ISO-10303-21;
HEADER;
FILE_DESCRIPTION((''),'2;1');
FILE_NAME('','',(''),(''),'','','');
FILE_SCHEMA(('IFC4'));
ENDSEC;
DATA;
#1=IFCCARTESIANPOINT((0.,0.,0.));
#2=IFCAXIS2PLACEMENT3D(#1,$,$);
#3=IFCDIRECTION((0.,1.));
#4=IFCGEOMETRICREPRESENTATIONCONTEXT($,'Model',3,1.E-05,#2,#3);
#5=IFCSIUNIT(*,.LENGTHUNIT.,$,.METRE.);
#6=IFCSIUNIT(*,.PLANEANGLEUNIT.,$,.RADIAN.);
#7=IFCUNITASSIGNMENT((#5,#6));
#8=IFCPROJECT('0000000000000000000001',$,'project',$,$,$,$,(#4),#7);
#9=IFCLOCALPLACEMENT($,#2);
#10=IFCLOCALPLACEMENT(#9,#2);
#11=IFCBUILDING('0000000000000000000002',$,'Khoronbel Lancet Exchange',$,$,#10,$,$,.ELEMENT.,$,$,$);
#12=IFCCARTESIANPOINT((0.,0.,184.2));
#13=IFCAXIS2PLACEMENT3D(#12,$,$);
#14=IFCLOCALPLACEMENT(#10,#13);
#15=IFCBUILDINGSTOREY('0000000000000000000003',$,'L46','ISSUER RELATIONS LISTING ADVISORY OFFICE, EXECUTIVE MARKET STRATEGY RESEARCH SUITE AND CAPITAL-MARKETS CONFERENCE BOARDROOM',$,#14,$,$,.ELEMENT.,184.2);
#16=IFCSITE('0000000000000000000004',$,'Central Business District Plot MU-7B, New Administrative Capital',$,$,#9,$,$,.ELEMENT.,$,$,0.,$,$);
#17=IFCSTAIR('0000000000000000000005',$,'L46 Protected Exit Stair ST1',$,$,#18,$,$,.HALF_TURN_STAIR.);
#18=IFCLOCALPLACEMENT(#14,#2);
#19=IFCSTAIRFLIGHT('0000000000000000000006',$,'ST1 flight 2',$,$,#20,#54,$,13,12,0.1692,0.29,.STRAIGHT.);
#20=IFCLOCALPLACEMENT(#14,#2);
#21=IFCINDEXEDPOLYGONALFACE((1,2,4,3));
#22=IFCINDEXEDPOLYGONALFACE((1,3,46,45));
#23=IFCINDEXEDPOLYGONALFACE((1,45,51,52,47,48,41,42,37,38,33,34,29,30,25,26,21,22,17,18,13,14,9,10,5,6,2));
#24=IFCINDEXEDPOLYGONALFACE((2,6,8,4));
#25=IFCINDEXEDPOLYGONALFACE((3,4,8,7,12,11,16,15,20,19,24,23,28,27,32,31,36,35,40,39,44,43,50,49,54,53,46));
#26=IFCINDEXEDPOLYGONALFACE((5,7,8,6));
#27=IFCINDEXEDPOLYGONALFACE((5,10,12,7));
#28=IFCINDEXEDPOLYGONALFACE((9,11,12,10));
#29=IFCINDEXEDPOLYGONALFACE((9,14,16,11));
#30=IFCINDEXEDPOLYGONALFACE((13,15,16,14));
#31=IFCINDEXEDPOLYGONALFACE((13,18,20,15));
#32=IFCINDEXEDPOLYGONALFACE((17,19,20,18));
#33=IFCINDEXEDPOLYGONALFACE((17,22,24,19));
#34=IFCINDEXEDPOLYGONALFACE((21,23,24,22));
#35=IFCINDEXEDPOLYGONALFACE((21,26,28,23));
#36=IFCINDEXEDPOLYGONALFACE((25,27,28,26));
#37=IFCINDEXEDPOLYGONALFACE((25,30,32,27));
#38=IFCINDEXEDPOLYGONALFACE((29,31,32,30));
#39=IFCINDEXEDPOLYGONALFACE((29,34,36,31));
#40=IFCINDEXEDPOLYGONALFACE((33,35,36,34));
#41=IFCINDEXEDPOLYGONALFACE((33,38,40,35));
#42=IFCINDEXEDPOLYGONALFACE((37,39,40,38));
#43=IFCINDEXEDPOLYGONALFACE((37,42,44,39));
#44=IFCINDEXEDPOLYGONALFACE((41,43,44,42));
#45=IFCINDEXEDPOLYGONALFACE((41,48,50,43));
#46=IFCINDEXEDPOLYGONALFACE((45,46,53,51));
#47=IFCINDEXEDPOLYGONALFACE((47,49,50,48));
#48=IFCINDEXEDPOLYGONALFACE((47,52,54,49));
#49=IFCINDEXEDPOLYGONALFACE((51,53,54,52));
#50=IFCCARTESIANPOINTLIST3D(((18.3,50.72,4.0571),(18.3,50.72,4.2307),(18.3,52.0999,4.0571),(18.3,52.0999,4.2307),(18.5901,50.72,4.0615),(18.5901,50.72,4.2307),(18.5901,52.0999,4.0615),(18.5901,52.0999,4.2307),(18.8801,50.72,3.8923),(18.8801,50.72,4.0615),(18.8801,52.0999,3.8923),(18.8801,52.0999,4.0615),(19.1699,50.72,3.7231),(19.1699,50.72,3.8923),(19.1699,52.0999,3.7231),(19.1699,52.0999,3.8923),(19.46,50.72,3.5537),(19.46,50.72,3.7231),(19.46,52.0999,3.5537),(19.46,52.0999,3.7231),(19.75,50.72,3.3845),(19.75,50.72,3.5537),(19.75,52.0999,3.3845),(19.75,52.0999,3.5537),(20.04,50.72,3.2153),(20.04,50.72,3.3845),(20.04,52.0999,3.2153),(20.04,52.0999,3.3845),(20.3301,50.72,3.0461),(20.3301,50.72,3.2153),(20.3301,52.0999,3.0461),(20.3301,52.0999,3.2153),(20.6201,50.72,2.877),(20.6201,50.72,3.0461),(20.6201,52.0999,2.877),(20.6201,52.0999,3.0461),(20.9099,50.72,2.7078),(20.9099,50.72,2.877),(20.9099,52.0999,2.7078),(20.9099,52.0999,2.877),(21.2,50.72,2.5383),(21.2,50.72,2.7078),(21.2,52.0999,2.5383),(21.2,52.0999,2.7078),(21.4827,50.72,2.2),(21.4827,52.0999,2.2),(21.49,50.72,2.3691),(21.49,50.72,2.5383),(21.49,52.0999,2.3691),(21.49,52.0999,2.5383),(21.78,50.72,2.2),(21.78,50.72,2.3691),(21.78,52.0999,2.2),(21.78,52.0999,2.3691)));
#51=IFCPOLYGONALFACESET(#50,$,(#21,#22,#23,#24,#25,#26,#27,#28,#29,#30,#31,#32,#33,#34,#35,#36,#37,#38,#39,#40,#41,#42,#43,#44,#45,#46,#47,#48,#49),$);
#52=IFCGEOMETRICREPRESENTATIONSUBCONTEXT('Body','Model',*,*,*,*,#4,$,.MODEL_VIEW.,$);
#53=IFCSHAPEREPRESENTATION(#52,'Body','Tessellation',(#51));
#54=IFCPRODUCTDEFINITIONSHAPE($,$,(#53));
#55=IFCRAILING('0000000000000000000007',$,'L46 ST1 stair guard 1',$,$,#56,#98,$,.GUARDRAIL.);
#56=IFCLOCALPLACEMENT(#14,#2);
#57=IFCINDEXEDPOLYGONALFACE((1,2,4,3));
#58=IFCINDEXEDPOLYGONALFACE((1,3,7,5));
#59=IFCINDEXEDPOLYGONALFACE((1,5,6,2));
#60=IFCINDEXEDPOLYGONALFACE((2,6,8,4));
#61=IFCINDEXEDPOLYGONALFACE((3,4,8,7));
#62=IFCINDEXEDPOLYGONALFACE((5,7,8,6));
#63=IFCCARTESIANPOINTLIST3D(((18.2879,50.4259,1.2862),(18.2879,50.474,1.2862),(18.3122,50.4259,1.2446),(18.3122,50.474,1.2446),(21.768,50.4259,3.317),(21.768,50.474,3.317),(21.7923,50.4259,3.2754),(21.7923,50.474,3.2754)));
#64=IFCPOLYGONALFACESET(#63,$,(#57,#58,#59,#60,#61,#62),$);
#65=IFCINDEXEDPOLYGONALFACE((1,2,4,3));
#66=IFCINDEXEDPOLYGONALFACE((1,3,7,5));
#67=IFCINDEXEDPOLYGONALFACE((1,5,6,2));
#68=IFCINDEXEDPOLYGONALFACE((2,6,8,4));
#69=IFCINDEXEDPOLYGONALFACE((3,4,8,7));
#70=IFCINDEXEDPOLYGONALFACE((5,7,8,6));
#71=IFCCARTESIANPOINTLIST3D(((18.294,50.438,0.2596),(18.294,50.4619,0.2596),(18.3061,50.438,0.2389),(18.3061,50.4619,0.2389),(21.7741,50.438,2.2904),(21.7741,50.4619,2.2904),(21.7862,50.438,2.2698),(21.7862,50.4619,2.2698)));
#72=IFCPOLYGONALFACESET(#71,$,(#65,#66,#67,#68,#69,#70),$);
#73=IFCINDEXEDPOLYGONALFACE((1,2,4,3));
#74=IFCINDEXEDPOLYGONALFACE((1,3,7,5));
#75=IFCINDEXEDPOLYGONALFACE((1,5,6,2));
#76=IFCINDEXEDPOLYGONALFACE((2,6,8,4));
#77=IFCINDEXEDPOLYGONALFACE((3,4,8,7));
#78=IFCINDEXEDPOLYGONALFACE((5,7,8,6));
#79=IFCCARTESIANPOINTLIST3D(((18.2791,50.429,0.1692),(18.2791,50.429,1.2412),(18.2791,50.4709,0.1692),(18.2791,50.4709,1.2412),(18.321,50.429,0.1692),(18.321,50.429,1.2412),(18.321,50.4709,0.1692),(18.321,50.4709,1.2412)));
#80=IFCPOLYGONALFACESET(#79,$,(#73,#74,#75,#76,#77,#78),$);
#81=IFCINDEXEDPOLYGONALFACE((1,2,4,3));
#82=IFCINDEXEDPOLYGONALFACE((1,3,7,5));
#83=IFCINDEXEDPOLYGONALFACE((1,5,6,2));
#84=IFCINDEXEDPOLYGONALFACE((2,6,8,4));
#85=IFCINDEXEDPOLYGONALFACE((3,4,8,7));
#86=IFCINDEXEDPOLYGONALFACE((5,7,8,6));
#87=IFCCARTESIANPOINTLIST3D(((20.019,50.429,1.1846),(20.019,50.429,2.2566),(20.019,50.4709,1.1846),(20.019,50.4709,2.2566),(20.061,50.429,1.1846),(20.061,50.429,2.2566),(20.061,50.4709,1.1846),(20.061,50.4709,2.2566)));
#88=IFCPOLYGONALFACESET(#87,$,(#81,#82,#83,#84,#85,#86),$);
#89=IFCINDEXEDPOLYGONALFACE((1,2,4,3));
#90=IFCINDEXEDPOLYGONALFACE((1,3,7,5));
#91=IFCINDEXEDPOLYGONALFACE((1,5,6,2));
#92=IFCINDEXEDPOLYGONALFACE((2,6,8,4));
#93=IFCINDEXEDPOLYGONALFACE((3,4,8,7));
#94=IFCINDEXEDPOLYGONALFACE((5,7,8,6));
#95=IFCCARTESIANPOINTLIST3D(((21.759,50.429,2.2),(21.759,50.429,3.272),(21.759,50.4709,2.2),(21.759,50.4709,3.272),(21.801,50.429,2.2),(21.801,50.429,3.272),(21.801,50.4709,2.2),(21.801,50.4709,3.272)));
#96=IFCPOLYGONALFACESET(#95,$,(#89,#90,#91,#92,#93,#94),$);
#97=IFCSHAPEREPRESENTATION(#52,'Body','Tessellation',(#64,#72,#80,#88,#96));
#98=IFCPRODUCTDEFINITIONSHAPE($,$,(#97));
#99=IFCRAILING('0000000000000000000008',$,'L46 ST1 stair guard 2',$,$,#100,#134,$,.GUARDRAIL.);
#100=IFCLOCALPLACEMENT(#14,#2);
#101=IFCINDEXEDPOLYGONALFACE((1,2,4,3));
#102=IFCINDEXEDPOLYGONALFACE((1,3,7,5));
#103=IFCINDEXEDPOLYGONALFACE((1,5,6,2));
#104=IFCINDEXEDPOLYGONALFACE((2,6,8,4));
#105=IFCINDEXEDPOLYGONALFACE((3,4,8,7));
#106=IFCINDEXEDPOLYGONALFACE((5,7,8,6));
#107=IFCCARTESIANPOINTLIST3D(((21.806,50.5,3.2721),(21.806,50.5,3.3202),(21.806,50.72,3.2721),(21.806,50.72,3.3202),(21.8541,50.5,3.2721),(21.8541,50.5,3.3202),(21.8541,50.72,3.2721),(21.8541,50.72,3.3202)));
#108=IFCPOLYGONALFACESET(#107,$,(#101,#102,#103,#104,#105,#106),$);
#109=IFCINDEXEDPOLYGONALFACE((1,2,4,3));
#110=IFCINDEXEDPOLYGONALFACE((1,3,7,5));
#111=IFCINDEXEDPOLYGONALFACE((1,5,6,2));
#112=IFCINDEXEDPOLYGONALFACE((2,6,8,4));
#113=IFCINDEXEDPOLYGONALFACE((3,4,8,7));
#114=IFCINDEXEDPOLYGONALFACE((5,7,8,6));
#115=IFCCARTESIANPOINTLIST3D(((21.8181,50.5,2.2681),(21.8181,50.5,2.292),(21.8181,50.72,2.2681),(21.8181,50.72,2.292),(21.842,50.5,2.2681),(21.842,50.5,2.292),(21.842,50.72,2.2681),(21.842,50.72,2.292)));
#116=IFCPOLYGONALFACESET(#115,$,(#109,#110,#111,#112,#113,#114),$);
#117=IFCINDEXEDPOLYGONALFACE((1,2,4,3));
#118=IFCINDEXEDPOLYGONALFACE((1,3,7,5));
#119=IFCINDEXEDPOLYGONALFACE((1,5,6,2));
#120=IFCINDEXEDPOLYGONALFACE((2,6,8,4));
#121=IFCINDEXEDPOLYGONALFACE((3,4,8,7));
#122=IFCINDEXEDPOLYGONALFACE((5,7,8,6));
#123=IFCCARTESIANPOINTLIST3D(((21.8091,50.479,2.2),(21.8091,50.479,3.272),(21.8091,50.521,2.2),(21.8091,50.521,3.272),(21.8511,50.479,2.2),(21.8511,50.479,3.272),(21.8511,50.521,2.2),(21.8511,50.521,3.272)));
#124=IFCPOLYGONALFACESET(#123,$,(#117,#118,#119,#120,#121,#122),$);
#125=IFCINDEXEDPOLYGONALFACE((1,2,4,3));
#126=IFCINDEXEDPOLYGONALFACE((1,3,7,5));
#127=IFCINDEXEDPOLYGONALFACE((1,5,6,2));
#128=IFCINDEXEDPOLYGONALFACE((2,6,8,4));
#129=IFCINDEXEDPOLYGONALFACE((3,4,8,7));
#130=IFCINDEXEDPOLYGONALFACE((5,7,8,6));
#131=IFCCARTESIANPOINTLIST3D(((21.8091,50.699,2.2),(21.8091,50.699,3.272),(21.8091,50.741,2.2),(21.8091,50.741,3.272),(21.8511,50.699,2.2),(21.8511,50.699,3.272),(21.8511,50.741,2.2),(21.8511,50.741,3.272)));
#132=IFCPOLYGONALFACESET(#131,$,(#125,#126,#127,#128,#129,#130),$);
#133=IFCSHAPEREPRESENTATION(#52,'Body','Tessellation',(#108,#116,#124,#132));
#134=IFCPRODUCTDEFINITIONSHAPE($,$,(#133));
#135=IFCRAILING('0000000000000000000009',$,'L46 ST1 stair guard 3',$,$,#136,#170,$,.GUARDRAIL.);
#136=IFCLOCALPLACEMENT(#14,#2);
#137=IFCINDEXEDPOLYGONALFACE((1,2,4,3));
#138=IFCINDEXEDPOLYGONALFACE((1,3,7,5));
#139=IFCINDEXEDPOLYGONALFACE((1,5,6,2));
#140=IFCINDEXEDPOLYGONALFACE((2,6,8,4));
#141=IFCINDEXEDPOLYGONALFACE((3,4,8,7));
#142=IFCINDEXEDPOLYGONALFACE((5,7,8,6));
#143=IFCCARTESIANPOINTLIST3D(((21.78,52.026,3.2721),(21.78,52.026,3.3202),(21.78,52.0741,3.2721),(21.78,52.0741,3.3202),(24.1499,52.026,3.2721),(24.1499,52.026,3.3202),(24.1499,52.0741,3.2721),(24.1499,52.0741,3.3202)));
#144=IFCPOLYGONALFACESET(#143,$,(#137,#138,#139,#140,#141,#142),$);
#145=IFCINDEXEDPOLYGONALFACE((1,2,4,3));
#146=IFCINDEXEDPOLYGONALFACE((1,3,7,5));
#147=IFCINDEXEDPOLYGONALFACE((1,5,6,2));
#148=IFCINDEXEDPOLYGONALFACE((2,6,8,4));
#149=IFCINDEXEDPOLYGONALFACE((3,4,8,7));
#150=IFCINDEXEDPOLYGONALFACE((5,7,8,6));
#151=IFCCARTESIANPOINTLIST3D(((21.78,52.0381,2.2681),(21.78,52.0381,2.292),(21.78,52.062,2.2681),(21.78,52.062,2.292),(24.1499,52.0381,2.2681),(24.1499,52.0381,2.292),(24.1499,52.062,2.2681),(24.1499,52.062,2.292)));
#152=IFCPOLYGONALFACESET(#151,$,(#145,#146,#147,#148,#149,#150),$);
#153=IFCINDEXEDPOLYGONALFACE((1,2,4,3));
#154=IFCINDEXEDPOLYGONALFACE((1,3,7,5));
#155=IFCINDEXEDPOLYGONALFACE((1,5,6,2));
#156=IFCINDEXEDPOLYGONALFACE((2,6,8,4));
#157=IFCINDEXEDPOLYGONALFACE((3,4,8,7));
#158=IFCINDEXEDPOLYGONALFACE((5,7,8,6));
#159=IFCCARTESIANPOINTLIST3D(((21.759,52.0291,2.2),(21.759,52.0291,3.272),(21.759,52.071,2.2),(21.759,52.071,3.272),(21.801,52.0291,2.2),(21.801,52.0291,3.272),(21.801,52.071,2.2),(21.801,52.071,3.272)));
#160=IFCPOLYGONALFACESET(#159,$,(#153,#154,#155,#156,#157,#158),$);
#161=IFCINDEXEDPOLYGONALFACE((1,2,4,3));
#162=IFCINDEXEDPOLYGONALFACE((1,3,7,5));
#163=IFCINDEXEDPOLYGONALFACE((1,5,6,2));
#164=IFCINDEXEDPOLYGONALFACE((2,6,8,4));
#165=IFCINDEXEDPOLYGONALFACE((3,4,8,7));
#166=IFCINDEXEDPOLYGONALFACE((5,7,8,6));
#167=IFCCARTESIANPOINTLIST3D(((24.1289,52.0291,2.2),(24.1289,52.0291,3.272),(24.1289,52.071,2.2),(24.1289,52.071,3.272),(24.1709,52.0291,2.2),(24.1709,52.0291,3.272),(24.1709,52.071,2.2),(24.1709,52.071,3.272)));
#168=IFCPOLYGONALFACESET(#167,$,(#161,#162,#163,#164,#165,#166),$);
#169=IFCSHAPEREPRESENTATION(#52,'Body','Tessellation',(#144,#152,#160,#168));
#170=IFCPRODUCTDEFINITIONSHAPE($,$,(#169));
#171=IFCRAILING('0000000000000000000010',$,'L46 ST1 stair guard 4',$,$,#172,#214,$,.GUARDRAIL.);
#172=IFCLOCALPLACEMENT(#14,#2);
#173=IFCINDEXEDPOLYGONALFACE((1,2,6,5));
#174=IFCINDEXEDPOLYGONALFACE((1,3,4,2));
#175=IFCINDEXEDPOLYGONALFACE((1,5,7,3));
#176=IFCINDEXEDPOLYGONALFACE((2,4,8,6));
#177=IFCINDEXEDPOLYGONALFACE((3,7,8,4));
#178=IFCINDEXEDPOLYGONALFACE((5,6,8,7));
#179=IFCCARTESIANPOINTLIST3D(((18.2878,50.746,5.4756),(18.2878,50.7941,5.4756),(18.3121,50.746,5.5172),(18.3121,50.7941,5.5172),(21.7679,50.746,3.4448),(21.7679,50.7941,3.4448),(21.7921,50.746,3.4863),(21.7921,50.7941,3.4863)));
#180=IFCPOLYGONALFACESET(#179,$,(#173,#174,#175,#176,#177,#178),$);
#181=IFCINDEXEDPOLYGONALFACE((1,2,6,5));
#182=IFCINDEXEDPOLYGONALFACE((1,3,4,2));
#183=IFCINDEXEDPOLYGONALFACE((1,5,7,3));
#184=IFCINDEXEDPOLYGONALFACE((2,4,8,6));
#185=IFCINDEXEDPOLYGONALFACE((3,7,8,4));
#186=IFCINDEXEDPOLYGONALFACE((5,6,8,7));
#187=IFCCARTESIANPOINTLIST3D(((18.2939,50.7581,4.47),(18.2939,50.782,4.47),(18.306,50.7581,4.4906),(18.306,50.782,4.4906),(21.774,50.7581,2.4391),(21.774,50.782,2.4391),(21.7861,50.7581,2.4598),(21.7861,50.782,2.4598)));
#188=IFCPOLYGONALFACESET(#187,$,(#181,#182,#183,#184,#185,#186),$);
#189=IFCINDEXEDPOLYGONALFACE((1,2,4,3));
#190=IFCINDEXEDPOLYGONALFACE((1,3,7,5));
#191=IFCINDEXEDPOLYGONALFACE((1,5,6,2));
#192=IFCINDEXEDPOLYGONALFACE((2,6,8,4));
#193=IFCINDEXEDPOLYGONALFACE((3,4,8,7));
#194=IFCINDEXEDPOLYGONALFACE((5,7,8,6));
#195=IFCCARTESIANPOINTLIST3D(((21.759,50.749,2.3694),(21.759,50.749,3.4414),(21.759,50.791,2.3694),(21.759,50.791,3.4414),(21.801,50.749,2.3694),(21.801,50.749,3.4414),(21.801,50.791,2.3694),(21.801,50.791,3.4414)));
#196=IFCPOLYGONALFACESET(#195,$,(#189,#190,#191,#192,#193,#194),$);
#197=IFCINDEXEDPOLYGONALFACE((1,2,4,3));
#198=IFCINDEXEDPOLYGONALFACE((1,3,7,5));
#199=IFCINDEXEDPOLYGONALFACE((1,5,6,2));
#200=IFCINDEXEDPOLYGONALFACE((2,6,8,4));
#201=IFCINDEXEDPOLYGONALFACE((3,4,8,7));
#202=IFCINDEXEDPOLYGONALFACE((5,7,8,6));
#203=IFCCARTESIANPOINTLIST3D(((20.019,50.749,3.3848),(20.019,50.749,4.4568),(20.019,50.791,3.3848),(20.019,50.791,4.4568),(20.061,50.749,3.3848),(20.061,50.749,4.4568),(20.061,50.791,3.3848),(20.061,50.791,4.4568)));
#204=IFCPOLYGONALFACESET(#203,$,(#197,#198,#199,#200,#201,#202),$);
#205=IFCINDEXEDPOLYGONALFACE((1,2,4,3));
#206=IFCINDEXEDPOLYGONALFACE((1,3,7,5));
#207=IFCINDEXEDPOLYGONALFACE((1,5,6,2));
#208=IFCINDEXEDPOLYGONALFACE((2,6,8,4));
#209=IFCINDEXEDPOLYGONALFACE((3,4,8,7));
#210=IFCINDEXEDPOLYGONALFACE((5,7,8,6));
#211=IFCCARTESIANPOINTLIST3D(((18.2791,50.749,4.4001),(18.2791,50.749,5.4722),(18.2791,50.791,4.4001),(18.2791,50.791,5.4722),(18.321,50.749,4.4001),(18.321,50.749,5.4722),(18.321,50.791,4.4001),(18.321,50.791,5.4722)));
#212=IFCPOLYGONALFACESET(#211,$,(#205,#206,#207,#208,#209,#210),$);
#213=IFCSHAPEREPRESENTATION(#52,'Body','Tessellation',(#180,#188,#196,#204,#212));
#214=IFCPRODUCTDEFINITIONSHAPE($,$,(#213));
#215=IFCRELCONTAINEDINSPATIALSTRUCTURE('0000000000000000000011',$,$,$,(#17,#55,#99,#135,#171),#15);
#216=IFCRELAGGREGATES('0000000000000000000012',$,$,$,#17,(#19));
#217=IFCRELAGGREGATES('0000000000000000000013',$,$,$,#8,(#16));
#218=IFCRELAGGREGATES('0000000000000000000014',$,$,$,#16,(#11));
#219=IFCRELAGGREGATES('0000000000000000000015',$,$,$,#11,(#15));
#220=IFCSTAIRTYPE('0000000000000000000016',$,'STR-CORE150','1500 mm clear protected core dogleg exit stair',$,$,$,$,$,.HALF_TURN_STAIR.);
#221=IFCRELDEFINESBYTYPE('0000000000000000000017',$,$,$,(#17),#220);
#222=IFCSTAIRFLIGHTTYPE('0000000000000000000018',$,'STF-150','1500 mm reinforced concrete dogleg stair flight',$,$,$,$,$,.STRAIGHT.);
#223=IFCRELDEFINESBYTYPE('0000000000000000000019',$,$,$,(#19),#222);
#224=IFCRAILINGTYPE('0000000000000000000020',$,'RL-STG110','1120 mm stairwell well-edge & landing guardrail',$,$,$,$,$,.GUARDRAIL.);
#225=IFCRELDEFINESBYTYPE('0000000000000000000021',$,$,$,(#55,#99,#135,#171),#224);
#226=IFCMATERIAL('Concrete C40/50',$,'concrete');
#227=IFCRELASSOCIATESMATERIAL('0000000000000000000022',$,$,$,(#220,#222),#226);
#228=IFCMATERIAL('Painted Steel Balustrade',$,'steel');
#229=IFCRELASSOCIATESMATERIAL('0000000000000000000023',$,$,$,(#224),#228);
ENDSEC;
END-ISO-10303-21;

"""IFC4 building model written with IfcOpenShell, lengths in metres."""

from ifc_helpers import new_model, si_unit, direction, frame, origin, origin_2d, place, context, subcontext, project, spatial, polyline, rectangle, outline, extrude, material, type_object, element, aggregate, save


model = new_model("IFC4")

# Units and contexts
model_context = context("Model", 3, precision=1e-05, world=origin(), true_north=direction((0.0, 1.0)))
body_context = subcontext(model_context, "Body", "Model", "MODEL_VIEW")
ifc_project = project(units=[si_unit("LENGTHUNIT", "METRE"), si_unit("PLANEANGLEUNIT", "RADIAN")], contexts=[model_context])

# Site, building, storey
site_placement = place(None, origin())
site = spatial("IfcSite", under=ifc_project, at=site_placement, Name="Central Business District Plot MU-7B, New Administrative Capital", CompositionType="ELEMENT", RefElevation=0.0)
building_placement = place(site_placement, origin())
building = spatial("IfcBuilding", under=site, at=building_placement, Name="Khoronbel Lancet Exchange", CompositionType="ELEMENT")
storey_placement = place(building_placement, frame((0.0, 0.0, 184.2)))
storey = spatial("IfcBuildingStorey", under=building, at=storey_placement, Name="L46", Description="ISSUER RELATIONS LISTING ADVISORY OFFICE, EXECUTIVE MARKET STRATEGY RESEARCH SUITE AND CAPITAL-MARKETS CONFERENCE BOARDROOM", CompositionType="ELEMENT", Elevation=184.2)

# Stair, stair flight
ifc_material_1 = material(Name="Concrete C40/50", Category="concrete")
stair_type = type_object("IfcStairType", Name="STR-CORE150", Description="1500 mm clear protected core dogleg exit stair", PredefinedType="HALF_TURN_STAIR", material=ifc_material_1)
stair_placement = place(storey_placement, origin())
stair = element("IfcStair", 1, at=stair_placement, inside=storey, type_object=stair_type, Name="L46 Protected Exit Stair ST1", PredefinedType="HALF_TURN_STAIR")
stair_flight_type = type_object("IfcStairFlightType", Name="STF-150", Description="1500 mm reinforced concrete dogleg stair flight", PredefinedType="STRAIGHT", material=ifc_material_1)
stair_flight_1_placement = place(storey_placement, frame((21.78, 51.4099, 2.2), z_axis=(0.0, 0.0, 1.0), x_axis=(-1.0, 0.0, 0.0)))
stair_flight_1 = element("IfcStairFlight", 2, at=stair_flight_1_placement, type_object=stair_flight_type, Name="ST1 flight 2", NumberOfRisers=13, NumberOfTreads=12, PredefinedType="STRAIGHT", RiserHeight=0.1692, TreadLength=0.29, context=body_context, shape_type="SweptSolid", body=[
    extrude(outline(polyline([(0.0, 0.0), (0.0, 0.1692), (0.29, 0.1692), (0.29, 0.3384), (0.5801, 0.3384), (0.5801, 0.5078), (0.8701, 0.5078), (0.8701, 0.677), (1.1599, 0.677), (1.1599, 0.8462), (1.45, 0.8462), (1.45, 1.0154), (1.74, 1.0154), (1.74, 1.1846), (2.03, 1.1846), (2.03, 1.3538), (2.3201, 1.3538), (2.3201, 1.5232), (2.6101, 1.5232), (2.6101, 1.6924), (2.8999, 1.6924), (2.8999, 1.8616), (3.1899, 1.8616), (3.1899, 2.0308), (3.48, 2.0308), (3.48, 2.2), (3.48, 1.8572), (0.2974, 0.0), (0.0, 0.0)])), frame((0.0, 0.6899, 0.0), z_axis=(0.0, -1.0, 0.0), x_axis=(1.0, 0.0, 0.0)), (0.0, 0.0, 1.0), 1.3799),
])
aggregate(stair, [stair_flight_1])

# Railings
ifc_material_2 = material(Name="Painted Steel Balustrade", Category="steel")
railing_type_1 = type_object("IfcRailingType", Name="RL-STG110", Description="1120 mm stairwell well-edge & landing guardrail", PredefinedType="GUARDRAIL", material=ifc_material_2)
railing_1_placement = place(storey_placement, frame((18.3, 50.45, 0.1692)))
element("IfcRailing", 3, at=railing_1_placement, inside=storey, type_object=railing_type_1, Name="L46 ST1 stair guard 1", PredefinedType="GUARDRAIL", context=body_context, shape_type="SweptSolid", body=[
    extrude(rectangle(XDim=0.0481, YDim=0.0481, at=origin_2d()), frame((0.0, 0.0, 1.0962), z_axis=(0.863695, 0.0, 0.504014), x_axis=(0.0, 1.0, 0.0)), (0.0, 0.0, 1.0), 4.0293),
    extrude(rectangle(XDim=0.0239, YDim=0.0239, at=origin_2d()), frame((0.0, 0.0, 0.0801), z_axis=(0.863695, 0.0, 0.504014), x_axis=(0.0, 1.0, 0.0)), (0.0, 0.0, 1.0), 4.0293),
    extrude(rectangle(XDim=0.042, YDim=0.042, at=origin_2d()), origin(), (0.0, 0.0, 1.0), 1.072),
    extrude(rectangle(XDim=0.042, YDim=0.042, at=origin_2d()), frame((1.74, 0.0, 1.0154)), (0.0, 0.0, 1.0), 1.072),
    extrude(rectangle(XDim=0.042, YDim=0.042, at=origin_2d()), frame((3.48, 0.0, 2.0308)), (0.0, 0.0, 1.0), 1.072),
])
railing_2_placement = place(storey_placement, frame((21.8301, 50.5, 2.2)))
element("IfcRailing", 4, at=railing_2_placement, inside=storey, type_object=railing_type_1, Name="L46 ST1 stair guard 2", PredefinedType="GUARDRAIL", context=body_context, shape_type="SweptSolid", body=[
    extrude(rectangle(XDim=0.0481, YDim=0.0481, at=origin_2d()), frame((0.0, 0.0, 1.0962), z_axis=(0.0, 1.0, 0.0), x_axis=(-1.0, 0.0, 0.0)), (0.0, 0.0, 1.0), 0.22),
    extrude(rectangle(XDim=0.0239, YDim=0.0239, at=origin_2d()), frame((0.0, 0.0, 0.0801), z_axis=(0.0, 1.0, 0.0), x_axis=(-1.0, 0.0, 0.0)), (0.0, 0.0, 1.0), 0.22),
    extrude(rectangle(XDim=0.042, YDim=0.042, at=origin_2d()), origin(), (0.0, 0.0, 1.0), 1.072),
    extrude(rectangle(XDim=0.042, YDim=0.042, at=origin_2d()), frame((0.0, 0.22, 0.0)), (0.0, 0.0, 1.0), 1.072),
])
railing_3_placement = place(storey_placement, frame((21.78, 52.05, 2.2)))
element("IfcRailing", 5, at=railing_3_placement, inside=storey, type_object=railing_type_1, Name="L46 ST1 stair guard 3", PredefinedType="GUARDRAIL", context=body_context, shape_type="SweptSolid", body=[
    extrude(rectangle(XDim=0.0481, YDim=0.0481, at=origin_2d()), frame((0.0, 0.0, 1.0962), z_axis=(1.0, 0.0, 0.0), x_axis=(0.0, 1.0, 0.0)), (0.0, 0.0, 1.0), 2.3699),
    extrude(rectangle(XDim=0.0239, YDim=0.0239, at=origin_2d()), frame((0.0, 0.0, 0.0801), z_axis=(1.0, 0.0, 0.0), x_axis=(0.0, 1.0, 0.0)), (0.0, 0.0, 1.0), 2.3699),
    extrude(rectangle(XDim=0.042, YDim=0.042, at=origin_2d()), origin(), (0.0, 0.0, 1.0), 1.072),
    extrude(rectangle(XDim=0.042, YDim=0.042, at=origin_2d()), frame((2.3699, 0.0, 0.0)), (0.0, 0.0, 1.0), 1.072),
])
railing_4_placement = place(storey_placement, frame((21.78, 50.77, 2.3694)))
element("IfcRailing", 6, at=railing_4_placement, inside=storey, type_object=railing_type_1, Name="L46 ST1 stair guard 4", PredefinedType="GUARDRAIL", context=body_context, shape_type="SweptSolid", body=[
    extrude(rectangle(XDim=0.0481, YDim=0.0481, at=origin_2d()), frame((0.0, 0.0, 1.0962), z_axis=(-0.863695, 0.0, 0.504014), x_axis=(0.0, -1.0, 0.0)), (0.0, 0.0, 1.0), 4.0293),
    extrude(rectangle(XDim=0.0239, YDim=0.0239, at=origin_2d()), frame((0.0, 0.0, 0.0801), z_axis=(-0.863695, 0.0, 0.504014), x_axis=(0.0, -1.0, 0.0)), (0.0, 0.0, 1.0), 4.0293),
    extrude(rectangle(XDim=0.042, YDim=0.042, at=origin_2d()), origin(), (0.0, 0.0, 1.0), 1.072),
    extrude(rectangle(XDim=0.042, YDim=0.042, at=origin_2d()), frame((-1.74, 0.0, 1.0154)), (0.0, 0.0, 1.0), 1.072),
    extrude(rectangle(XDim=0.042, YDim=0.042, at=origin_2d()), frame((-3.48, 0.0, 2.0308)), (0.0, 0.0, 1.0), 1.072),
])

save(model, "model.ifc")
